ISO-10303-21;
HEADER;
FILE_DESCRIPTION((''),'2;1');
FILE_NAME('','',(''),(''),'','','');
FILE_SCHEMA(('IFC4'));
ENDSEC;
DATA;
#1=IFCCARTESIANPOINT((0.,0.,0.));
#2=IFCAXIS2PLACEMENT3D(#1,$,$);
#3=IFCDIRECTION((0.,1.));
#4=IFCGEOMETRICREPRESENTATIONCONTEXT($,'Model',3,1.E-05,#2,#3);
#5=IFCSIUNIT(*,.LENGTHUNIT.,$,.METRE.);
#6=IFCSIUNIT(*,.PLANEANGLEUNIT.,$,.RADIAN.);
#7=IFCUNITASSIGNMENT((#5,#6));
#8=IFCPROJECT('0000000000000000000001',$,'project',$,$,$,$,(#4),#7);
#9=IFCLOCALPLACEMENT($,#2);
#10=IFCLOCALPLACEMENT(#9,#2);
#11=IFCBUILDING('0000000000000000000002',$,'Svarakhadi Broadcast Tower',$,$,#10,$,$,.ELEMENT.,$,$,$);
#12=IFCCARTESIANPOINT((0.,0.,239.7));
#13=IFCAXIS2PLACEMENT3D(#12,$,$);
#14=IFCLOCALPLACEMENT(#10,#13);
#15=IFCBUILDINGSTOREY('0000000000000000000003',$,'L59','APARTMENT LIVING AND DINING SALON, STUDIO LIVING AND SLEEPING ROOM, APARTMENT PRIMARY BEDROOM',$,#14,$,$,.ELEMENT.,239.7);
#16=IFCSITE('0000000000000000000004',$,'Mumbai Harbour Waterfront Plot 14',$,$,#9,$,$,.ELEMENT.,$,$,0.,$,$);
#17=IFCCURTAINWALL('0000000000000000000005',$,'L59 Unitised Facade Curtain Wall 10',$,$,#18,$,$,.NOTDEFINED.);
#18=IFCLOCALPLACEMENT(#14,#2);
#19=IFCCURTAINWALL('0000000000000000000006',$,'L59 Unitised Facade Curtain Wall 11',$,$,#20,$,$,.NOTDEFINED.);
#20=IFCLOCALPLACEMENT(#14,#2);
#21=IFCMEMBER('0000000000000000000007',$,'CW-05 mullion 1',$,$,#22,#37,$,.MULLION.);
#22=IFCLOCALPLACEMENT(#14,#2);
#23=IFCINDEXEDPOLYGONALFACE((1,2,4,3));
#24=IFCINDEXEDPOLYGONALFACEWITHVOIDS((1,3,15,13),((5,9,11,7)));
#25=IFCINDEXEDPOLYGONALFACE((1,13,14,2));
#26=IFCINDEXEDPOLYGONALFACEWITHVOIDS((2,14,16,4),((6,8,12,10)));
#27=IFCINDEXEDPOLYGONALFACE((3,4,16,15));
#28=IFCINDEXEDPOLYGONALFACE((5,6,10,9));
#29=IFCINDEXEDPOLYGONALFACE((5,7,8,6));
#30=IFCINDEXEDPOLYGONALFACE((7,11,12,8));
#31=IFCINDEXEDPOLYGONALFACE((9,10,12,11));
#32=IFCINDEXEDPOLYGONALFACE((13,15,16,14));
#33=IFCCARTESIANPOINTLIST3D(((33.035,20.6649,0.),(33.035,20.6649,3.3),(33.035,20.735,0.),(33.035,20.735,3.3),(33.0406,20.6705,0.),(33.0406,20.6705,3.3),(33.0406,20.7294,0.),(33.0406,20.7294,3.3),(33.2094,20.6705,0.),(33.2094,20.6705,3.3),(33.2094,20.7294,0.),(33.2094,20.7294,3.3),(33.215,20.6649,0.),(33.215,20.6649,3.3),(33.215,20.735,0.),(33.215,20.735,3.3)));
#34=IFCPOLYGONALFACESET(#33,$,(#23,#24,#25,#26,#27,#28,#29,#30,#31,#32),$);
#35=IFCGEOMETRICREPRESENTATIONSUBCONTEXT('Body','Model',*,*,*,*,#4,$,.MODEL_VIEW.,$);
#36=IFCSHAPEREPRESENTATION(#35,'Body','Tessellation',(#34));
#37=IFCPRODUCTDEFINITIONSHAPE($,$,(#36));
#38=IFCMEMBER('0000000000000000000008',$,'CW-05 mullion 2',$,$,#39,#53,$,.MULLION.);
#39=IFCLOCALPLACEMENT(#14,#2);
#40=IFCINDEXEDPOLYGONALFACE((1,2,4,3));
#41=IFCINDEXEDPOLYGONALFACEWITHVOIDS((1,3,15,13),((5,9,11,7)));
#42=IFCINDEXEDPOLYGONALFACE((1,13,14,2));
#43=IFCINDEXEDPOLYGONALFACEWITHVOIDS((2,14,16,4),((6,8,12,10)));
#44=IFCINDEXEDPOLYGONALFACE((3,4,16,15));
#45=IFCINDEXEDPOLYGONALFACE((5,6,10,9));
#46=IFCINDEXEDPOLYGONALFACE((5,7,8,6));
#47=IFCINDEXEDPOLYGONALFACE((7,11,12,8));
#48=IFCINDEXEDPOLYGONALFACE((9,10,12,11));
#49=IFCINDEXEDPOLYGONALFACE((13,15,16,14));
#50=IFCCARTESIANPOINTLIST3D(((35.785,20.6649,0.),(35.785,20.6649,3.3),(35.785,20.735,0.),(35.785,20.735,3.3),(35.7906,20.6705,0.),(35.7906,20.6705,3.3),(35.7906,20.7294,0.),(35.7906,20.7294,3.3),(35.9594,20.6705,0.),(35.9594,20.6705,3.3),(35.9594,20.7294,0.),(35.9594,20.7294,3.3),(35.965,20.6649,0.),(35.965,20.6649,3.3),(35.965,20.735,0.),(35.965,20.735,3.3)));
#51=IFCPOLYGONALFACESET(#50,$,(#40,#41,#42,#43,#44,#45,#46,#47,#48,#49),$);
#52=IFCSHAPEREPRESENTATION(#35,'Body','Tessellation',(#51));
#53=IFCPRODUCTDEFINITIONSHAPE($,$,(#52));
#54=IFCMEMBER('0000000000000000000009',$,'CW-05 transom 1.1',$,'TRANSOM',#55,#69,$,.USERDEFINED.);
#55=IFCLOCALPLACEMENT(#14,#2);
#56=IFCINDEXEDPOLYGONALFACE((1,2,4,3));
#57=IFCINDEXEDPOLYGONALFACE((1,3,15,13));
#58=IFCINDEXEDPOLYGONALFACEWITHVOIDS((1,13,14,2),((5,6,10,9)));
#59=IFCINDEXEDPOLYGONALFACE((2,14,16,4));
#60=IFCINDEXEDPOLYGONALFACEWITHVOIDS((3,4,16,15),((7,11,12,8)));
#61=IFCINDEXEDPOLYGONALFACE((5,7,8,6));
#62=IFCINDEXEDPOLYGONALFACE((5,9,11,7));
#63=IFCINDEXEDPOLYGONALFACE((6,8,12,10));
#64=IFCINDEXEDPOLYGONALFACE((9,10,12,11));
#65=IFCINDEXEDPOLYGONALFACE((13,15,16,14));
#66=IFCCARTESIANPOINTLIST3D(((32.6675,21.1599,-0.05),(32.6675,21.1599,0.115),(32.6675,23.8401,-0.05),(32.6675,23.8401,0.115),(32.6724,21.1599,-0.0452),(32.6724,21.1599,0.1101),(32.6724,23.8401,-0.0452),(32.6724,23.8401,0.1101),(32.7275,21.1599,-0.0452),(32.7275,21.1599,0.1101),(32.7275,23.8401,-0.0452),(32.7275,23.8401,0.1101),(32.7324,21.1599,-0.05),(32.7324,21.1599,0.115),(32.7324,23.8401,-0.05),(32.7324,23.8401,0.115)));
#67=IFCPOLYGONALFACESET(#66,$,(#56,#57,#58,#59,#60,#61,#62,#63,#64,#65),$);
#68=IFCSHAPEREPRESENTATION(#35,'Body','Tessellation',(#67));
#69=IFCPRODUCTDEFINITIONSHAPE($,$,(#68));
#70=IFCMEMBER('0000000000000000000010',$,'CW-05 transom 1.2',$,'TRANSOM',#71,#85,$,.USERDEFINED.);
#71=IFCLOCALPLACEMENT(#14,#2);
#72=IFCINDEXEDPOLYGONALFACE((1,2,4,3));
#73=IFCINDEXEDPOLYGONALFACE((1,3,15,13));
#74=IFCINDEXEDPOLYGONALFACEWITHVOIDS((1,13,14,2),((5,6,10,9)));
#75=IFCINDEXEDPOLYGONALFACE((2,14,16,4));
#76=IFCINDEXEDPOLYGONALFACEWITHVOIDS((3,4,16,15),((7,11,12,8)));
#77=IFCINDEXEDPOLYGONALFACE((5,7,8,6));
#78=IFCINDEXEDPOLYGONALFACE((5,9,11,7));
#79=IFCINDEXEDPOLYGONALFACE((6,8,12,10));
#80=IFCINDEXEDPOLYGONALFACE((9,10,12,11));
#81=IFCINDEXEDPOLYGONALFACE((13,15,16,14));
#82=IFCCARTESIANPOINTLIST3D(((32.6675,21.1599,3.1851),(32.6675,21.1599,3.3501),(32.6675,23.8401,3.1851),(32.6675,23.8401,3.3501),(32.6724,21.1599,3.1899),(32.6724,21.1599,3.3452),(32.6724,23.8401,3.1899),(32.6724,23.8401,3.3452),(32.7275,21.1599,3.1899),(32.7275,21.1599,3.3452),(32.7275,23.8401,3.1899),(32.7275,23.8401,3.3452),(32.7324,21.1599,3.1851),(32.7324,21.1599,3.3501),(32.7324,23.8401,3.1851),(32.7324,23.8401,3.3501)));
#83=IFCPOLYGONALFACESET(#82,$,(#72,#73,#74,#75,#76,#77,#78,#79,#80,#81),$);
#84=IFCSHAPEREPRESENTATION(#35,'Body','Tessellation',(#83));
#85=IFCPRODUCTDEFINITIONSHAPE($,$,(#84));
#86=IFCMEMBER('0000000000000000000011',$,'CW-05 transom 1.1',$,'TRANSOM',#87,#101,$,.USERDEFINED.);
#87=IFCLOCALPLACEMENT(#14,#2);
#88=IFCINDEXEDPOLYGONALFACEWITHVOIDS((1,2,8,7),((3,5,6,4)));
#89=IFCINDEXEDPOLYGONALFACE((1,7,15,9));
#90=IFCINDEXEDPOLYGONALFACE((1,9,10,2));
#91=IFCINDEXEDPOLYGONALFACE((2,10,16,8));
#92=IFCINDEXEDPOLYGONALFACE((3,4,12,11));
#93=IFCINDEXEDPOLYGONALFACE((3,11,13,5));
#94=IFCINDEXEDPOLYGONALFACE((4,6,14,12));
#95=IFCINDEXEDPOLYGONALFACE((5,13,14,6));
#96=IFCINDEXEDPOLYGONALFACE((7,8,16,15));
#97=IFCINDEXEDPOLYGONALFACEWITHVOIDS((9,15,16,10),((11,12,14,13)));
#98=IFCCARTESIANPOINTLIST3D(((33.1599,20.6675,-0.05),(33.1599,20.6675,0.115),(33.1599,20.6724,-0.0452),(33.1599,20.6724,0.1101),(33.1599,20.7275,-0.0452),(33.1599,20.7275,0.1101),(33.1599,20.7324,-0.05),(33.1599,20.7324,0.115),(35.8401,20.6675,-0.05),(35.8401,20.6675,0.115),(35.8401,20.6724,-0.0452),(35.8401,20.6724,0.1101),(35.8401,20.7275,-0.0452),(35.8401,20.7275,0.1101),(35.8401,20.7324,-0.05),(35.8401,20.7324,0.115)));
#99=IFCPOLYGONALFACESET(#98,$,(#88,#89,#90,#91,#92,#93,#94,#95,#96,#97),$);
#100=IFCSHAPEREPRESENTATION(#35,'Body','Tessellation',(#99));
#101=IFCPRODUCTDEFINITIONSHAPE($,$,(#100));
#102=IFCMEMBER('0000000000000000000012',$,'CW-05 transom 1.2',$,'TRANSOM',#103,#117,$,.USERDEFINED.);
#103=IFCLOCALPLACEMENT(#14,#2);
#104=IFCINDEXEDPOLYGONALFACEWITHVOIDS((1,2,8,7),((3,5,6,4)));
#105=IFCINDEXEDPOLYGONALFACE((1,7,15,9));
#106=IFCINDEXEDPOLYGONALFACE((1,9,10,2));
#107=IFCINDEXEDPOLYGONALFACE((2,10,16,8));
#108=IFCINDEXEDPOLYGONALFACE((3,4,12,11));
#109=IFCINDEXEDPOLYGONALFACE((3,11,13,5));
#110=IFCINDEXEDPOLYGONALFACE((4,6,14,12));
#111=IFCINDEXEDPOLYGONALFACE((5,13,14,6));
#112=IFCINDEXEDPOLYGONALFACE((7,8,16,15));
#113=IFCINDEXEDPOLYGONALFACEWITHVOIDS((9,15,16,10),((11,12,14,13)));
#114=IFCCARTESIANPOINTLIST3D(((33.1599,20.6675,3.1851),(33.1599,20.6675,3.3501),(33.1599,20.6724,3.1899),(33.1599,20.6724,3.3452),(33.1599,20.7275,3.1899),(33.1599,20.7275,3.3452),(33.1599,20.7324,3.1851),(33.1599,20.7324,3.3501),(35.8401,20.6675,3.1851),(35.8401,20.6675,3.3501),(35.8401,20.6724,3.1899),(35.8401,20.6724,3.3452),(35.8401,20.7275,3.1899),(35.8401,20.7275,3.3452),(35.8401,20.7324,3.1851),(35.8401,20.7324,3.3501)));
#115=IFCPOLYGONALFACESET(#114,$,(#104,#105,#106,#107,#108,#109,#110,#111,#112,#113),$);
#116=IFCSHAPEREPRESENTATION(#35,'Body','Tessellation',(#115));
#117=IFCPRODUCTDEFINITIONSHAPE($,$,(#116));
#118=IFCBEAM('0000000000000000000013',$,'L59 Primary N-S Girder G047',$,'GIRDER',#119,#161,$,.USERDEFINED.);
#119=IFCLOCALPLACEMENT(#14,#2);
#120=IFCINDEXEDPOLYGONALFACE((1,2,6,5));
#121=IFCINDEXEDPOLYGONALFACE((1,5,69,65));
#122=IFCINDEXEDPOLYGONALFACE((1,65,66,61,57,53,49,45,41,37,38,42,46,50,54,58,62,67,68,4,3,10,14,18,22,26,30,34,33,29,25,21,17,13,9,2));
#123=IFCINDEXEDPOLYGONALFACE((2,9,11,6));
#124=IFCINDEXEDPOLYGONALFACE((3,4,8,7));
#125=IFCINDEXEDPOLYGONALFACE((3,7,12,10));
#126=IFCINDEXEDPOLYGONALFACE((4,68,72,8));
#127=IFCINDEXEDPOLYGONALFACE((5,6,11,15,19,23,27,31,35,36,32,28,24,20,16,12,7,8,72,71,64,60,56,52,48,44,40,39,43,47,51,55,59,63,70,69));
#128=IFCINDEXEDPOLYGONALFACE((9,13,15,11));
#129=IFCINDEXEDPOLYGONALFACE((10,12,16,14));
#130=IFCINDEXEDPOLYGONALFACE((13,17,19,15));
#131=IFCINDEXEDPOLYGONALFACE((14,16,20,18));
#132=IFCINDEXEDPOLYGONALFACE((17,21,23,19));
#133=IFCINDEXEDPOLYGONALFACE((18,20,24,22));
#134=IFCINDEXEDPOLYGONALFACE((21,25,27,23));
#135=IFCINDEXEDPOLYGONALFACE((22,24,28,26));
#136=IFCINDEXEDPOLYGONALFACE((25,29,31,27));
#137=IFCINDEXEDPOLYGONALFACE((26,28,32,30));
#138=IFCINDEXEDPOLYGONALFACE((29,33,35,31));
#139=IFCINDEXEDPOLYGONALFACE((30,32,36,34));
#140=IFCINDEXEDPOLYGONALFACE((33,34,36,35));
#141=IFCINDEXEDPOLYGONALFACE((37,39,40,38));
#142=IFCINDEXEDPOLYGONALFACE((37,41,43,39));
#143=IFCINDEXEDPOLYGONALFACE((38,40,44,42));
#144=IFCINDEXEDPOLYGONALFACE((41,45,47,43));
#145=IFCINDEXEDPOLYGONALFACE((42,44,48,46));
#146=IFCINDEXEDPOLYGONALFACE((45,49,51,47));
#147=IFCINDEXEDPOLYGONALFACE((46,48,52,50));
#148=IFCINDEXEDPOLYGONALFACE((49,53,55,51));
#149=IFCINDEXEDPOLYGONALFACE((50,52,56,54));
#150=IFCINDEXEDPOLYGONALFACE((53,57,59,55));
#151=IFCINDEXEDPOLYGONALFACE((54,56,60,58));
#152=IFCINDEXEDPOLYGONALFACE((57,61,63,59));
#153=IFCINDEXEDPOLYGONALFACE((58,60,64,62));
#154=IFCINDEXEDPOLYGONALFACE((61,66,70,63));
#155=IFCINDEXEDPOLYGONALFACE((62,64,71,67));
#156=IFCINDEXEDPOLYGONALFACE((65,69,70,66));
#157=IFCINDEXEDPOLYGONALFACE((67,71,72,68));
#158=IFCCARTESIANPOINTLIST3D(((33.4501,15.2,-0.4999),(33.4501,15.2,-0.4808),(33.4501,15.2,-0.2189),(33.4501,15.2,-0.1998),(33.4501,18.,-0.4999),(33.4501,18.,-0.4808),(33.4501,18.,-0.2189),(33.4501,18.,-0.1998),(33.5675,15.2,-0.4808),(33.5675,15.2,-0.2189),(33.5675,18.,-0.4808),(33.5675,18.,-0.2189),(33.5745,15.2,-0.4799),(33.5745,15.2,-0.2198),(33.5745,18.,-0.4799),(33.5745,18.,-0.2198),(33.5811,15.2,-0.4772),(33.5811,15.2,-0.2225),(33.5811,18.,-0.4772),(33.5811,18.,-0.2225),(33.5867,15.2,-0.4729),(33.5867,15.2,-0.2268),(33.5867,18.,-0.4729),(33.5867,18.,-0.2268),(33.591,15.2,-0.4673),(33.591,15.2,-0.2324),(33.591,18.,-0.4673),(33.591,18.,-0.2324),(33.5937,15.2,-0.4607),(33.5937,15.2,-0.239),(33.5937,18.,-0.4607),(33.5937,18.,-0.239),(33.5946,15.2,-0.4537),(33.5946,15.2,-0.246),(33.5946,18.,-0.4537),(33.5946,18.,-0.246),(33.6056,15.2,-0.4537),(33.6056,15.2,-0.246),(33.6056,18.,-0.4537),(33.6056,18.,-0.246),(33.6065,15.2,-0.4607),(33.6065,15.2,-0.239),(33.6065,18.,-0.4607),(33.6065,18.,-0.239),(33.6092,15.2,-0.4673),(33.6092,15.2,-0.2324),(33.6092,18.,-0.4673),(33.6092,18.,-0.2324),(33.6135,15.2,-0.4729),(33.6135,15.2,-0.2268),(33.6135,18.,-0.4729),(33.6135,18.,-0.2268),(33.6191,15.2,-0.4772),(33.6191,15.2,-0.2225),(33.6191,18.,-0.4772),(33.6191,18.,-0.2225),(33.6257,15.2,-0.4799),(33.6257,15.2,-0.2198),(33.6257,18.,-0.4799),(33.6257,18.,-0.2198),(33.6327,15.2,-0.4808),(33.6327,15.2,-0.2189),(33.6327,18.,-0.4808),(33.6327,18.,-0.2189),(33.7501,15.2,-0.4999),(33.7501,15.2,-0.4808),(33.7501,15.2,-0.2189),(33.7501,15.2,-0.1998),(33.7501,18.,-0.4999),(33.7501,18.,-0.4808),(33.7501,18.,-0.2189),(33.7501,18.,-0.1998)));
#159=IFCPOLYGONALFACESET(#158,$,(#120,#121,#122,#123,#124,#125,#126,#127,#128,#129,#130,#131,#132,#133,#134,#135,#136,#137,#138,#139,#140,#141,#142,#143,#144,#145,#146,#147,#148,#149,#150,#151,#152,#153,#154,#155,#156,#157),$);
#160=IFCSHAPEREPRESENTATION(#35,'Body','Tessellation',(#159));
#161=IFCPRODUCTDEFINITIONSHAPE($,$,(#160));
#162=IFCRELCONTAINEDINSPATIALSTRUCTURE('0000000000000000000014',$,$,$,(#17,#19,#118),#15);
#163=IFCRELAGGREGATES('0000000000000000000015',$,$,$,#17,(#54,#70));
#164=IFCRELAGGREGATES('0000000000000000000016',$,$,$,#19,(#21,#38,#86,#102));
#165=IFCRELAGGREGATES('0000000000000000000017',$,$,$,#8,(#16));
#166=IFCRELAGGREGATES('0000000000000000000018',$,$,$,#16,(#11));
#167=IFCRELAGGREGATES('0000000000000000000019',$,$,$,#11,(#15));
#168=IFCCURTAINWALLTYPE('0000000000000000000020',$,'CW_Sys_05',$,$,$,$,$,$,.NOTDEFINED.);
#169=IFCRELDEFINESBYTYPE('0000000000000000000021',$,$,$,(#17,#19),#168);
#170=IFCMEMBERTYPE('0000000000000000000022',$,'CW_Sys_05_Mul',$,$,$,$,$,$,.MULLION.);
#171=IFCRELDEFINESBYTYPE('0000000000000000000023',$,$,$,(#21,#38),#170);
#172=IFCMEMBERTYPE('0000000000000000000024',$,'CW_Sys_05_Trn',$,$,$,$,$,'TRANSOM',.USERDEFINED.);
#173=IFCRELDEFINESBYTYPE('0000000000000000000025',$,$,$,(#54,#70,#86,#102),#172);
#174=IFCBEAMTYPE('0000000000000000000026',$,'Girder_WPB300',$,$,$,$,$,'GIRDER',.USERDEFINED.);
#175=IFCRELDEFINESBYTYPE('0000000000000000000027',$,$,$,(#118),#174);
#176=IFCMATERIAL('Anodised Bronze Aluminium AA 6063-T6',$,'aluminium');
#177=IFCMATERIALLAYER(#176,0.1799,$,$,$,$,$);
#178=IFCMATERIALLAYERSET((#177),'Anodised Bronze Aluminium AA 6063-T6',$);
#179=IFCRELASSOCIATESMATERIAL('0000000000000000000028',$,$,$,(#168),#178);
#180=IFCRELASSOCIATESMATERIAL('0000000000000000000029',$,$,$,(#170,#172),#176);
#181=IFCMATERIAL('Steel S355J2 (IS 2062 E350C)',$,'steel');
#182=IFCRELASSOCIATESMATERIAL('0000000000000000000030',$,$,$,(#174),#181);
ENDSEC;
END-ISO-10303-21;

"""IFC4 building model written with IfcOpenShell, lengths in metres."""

from ifc_helpers import new_model, si_unit, direction, frame, origin, origin_2d, place, context, subcontext, project, spatial, hollow_rectangle, i_section, extrude, material, layer, layer_set, material_profile, profile_set, type_object, element, aggregate, save


model = new_model("IFC4")

# Units and contexts
model_context = context("Model", 3, precision=1e-05, world=origin(), true_north=direction((0.0, 1.0)))
body_context = subcontext(model_context, "Body", "Model", "MODEL_VIEW")
ifc_project = project(units=[si_unit("LENGTHUNIT", "METRE"), si_unit("PLANEANGLEUNIT", "RADIAN")], contexts=[model_context])

# Site, building, storey
site_placement = place(None, origin())
site = spatial("IfcSite", under=ifc_project, at=site_placement, Name="Mumbai Harbour Waterfront Plot 14", CompositionType="ELEMENT", RefElevation=0.0)
building_placement = place(site_placement, origin())
building = spatial("IfcBuilding", under=site, at=building_placement, Name="Svarakhadi Broadcast Tower", CompositionType="ELEMENT")
storey_placement = place(building_placement, frame((0.0, 0.0, 239.7)))
storey = spatial("IfcBuildingStorey", under=building, at=storey_placement, Name="L59", Description="APARTMENT LIVING AND DINING SALON, STUDIO LIVING AND SLEEPING ROOM, APARTMENT PRIMARY BEDROOM", CompositionType="ELEMENT", Elevation=239.7)

# Curtain wall
ifc_material_1 = material(Name="Anodised Bronze Aluminium AA 6063-T6", Category="aluminium")
ifc_layer_1 = layer(ifc_material_1, 0.1799)
ifc_layer_set_1 = layer_set([ifc_layer_1], Name="Anodised Bronze Aluminium AA 6063-T6")
curtain_wall_type = type_object("IfcCurtainWallType", Name="CW_Sys_05", PredefinedType="NOTDEFINED", material=ifc_layer_set_1)
ifc_material_profile_1 = material_profile(ifc_material_1, hollow_rectangle(XDim=0.0701, YDim=0.1799, WallThickness=0.0056, at=origin_2d()), Name="ALU MULLION 180x70x6")
ifc_profile_set_1 = profile_set([ifc_material_profile_1], Name="Anodised Bronze Aluminium AA 6063-T6")
member_type_1 = type_object("IfcMemberType", Name="CW_Sys_05_Mul", PredefinedType="MULLION", material=ifc_profile_set_1)
curtain_wall_1_placement = place(storey_placement, origin())
curtain_wall_1 = element("IfcCurtainWall", 1, at=curtain_wall_1_placement, inside=storey, type_object=curtain_wall_type, Name="L59 Unitised Facade Curtain Wall 10", PredefinedType="NOTDEFINED")

# Curtain wall, members
curtain_wall_2_placement = place(storey_placement, origin())
curtain_wall_2 = element("IfcCurtainWall", 2, at=curtain_wall_2_placement, inside=storey, type_object=curtain_wall_type, Name="L59 Unitised Facade Curtain Wall 11", PredefinedType="NOTDEFINED")
member_1_placement = place(storey_placement, frame((33.125, 20.7, 0.0), z_axis=(0.0, 0.0, 1.0), x_axis=(0.0, 1.0, 0.0)))
member_1 = element("IfcMember", 3, at=member_1_placement, type_object=member_type_1, Name="CW-05 mullion 1", PredefinedType="MULLION", context=body_context, shape_type="SweptSolid", body=[
    extrude(hollow_rectangle(XDim=0.0701, YDim=0.1799, WallThickness=0.0056, at=origin_2d()), origin(), (0.0, 0.0, 1.0), 3.3),
])
member_2_placement = place(storey_placement, frame((35.875, 20.7, 0.0), z_axis=(0.0, 0.0, 1.0), x_axis=(0.0, 1.0, 0.0)))
member_2 = element("IfcMember", 4, at=member_2_placement, type_object=member_type_1, Name="CW-05 mullion 2", PredefinedType="MULLION", context=body_context, shape_type="SweptSolid", body=[
    extrude(hollow_rectangle(XDim=0.0701, YDim=0.1799, WallThickness=0.0056, at=origin_2d()), origin(), (0.0, 0.0, 1.0), 3.3),
])

# Members
ifc_material_profile_2 = material_profile(ifc_material_1, hollow_rectangle(XDim=0.0649, YDim=0.165, WallThickness=0.0049, at=origin_2d()), Name="ALU TRANSOM 165x65x5")
ifc_profile_set_2 = profile_set([ifc_material_profile_2], Name="Anodised Bronze Aluminium AA 6063-T6")
member_type_2 = type_object("IfcMemberType", Name="CW_Sys_05_Trn", ElementType="TRANSOM", PredefinedType="USERDEFINED", material=ifc_profile_set_2)
member_3_placement = place(storey_placement, frame((32.7, 23.8401, 0.0325), z_axis=(0.0, -1.0, 0.0), x_axis=(1.0, 0.0, 0.0)))
member_3 = element("IfcMember", 5, at=member_3_placement, type_object=member_type_2, Name="CW-05 transom 1.1", ObjectType="TRANSOM", PredefinedType="USERDEFINED", context=body_context, shape_type="SweptSolid", body=[
    extrude(hollow_rectangle(XDim=0.0649, YDim=0.165, WallThickness=0.0049, at=origin_2d()), origin(), (0.0, 0.0, 1.0), 2.6802),
])
member_4_placement = place(storey_placement, frame((32.7, 23.8401, 3.2676), z_axis=(0.0, -1.0, 0.0), x_axis=(1.0, 0.0, 0.0)))
member_4 = element("IfcMember", 6, at=member_4_placement, type_object=member_type_2, Name="CW-05 transom 1.2", ObjectType="TRANSOM", PredefinedType="USERDEFINED", context=body_context, shape_type="SweptSolid", body=[
    extrude(hollow_rectangle(XDim=0.0649, YDim=0.165, WallThickness=0.0049, at=origin_2d()), origin(), (0.0, 0.0, 1.0), 2.6802),
])
member_5_placement = place(storey_placement, frame((33.1599, 20.7, 0.0325), z_axis=(1.0, 0.0, 0.0), x_axis=(0.0, 1.0, 0.0)))
member_5 = element("IfcMember", 7, at=member_5_placement, type_object=member_type_2, Name="CW-05 transom 1.1", ObjectType="TRANSOM", PredefinedType="USERDEFINED", context=body_context, shape_type="SweptSolid", body=[
    extrude(hollow_rectangle(XDim=0.0649, YDim=0.165, WallThickness=0.0049, at=origin_2d()), origin(), (0.0, 0.0, 1.0), 2.6802),
])
member_6_placement = place(storey_placement, frame((33.1599, 20.7, 3.2676), z_axis=(1.0, 0.0, 0.0), x_axis=(0.0, 1.0, 0.0)))
member_6 = element("IfcMember", 8, at=member_6_placement, type_object=member_type_2, Name="CW-05 transom 1.2", ObjectType="TRANSOM", PredefinedType="USERDEFINED", context=body_context, shape_type="SweptSolid", body=[
    extrude(hollow_rectangle(XDim=0.0649, YDim=0.165, WallThickness=0.0049, at=origin_2d()), origin(), (0.0, 0.0, 1.0), 2.6802),
])

# Beam
ifc_material_2 = material(Name="Steel S355J2 (IS 2062 E350C)", Category="steel")
ifc_material_profile_3 = material_profile(ifc_material_2, i_section(OverallWidth=0.3, OverallDepth=0.3, WebThickness=0.011, FlangeThickness=0.019, FilletRadius=0.0271, at=origin_2d()), Name="WPB 300x300x117")
ifc_profile_set_3 = profile_set([ifc_material_profile_3], Name="Steel S355J2 (IS 2062 E350C)")
beam_type_1 = type_object("IfcBeamType", Name="Girder_WPB300", ElementType="GIRDER", PredefinedType="USERDEFINED", material=ifc_profile_set_3)
beam_1_placement = place(storey_placement, frame((33.6001, 15.2, -0.3499), z_axis=(0.0, 1.0, 0.0), x_axis=(-1.0, 0.0, 0.0)))
element("IfcBeam", 9, at=beam_1_placement, inside=storey, type_object=beam_type_1, Name="L59 Primary N-S Girder G047", ObjectType="GIRDER", PredefinedType="USERDEFINED", context=body_context, shape_type="SweptSolid", body=[
    extrude(i_section(OverallWidth=0.3, OverallDepth=0.3, WebThickness=0.011, FlangeThickness=0.019, FilletRadius=0.0271, at=origin_2d()), origin(), (0.0, 0.0, 1.0), 2.8),
])

aggregate(curtain_wall_1, [member_3, member_4])
aggregate(curtain_wall_2, [member_1, member_2, member_5, member_6])

save(model, "model.ifc")
